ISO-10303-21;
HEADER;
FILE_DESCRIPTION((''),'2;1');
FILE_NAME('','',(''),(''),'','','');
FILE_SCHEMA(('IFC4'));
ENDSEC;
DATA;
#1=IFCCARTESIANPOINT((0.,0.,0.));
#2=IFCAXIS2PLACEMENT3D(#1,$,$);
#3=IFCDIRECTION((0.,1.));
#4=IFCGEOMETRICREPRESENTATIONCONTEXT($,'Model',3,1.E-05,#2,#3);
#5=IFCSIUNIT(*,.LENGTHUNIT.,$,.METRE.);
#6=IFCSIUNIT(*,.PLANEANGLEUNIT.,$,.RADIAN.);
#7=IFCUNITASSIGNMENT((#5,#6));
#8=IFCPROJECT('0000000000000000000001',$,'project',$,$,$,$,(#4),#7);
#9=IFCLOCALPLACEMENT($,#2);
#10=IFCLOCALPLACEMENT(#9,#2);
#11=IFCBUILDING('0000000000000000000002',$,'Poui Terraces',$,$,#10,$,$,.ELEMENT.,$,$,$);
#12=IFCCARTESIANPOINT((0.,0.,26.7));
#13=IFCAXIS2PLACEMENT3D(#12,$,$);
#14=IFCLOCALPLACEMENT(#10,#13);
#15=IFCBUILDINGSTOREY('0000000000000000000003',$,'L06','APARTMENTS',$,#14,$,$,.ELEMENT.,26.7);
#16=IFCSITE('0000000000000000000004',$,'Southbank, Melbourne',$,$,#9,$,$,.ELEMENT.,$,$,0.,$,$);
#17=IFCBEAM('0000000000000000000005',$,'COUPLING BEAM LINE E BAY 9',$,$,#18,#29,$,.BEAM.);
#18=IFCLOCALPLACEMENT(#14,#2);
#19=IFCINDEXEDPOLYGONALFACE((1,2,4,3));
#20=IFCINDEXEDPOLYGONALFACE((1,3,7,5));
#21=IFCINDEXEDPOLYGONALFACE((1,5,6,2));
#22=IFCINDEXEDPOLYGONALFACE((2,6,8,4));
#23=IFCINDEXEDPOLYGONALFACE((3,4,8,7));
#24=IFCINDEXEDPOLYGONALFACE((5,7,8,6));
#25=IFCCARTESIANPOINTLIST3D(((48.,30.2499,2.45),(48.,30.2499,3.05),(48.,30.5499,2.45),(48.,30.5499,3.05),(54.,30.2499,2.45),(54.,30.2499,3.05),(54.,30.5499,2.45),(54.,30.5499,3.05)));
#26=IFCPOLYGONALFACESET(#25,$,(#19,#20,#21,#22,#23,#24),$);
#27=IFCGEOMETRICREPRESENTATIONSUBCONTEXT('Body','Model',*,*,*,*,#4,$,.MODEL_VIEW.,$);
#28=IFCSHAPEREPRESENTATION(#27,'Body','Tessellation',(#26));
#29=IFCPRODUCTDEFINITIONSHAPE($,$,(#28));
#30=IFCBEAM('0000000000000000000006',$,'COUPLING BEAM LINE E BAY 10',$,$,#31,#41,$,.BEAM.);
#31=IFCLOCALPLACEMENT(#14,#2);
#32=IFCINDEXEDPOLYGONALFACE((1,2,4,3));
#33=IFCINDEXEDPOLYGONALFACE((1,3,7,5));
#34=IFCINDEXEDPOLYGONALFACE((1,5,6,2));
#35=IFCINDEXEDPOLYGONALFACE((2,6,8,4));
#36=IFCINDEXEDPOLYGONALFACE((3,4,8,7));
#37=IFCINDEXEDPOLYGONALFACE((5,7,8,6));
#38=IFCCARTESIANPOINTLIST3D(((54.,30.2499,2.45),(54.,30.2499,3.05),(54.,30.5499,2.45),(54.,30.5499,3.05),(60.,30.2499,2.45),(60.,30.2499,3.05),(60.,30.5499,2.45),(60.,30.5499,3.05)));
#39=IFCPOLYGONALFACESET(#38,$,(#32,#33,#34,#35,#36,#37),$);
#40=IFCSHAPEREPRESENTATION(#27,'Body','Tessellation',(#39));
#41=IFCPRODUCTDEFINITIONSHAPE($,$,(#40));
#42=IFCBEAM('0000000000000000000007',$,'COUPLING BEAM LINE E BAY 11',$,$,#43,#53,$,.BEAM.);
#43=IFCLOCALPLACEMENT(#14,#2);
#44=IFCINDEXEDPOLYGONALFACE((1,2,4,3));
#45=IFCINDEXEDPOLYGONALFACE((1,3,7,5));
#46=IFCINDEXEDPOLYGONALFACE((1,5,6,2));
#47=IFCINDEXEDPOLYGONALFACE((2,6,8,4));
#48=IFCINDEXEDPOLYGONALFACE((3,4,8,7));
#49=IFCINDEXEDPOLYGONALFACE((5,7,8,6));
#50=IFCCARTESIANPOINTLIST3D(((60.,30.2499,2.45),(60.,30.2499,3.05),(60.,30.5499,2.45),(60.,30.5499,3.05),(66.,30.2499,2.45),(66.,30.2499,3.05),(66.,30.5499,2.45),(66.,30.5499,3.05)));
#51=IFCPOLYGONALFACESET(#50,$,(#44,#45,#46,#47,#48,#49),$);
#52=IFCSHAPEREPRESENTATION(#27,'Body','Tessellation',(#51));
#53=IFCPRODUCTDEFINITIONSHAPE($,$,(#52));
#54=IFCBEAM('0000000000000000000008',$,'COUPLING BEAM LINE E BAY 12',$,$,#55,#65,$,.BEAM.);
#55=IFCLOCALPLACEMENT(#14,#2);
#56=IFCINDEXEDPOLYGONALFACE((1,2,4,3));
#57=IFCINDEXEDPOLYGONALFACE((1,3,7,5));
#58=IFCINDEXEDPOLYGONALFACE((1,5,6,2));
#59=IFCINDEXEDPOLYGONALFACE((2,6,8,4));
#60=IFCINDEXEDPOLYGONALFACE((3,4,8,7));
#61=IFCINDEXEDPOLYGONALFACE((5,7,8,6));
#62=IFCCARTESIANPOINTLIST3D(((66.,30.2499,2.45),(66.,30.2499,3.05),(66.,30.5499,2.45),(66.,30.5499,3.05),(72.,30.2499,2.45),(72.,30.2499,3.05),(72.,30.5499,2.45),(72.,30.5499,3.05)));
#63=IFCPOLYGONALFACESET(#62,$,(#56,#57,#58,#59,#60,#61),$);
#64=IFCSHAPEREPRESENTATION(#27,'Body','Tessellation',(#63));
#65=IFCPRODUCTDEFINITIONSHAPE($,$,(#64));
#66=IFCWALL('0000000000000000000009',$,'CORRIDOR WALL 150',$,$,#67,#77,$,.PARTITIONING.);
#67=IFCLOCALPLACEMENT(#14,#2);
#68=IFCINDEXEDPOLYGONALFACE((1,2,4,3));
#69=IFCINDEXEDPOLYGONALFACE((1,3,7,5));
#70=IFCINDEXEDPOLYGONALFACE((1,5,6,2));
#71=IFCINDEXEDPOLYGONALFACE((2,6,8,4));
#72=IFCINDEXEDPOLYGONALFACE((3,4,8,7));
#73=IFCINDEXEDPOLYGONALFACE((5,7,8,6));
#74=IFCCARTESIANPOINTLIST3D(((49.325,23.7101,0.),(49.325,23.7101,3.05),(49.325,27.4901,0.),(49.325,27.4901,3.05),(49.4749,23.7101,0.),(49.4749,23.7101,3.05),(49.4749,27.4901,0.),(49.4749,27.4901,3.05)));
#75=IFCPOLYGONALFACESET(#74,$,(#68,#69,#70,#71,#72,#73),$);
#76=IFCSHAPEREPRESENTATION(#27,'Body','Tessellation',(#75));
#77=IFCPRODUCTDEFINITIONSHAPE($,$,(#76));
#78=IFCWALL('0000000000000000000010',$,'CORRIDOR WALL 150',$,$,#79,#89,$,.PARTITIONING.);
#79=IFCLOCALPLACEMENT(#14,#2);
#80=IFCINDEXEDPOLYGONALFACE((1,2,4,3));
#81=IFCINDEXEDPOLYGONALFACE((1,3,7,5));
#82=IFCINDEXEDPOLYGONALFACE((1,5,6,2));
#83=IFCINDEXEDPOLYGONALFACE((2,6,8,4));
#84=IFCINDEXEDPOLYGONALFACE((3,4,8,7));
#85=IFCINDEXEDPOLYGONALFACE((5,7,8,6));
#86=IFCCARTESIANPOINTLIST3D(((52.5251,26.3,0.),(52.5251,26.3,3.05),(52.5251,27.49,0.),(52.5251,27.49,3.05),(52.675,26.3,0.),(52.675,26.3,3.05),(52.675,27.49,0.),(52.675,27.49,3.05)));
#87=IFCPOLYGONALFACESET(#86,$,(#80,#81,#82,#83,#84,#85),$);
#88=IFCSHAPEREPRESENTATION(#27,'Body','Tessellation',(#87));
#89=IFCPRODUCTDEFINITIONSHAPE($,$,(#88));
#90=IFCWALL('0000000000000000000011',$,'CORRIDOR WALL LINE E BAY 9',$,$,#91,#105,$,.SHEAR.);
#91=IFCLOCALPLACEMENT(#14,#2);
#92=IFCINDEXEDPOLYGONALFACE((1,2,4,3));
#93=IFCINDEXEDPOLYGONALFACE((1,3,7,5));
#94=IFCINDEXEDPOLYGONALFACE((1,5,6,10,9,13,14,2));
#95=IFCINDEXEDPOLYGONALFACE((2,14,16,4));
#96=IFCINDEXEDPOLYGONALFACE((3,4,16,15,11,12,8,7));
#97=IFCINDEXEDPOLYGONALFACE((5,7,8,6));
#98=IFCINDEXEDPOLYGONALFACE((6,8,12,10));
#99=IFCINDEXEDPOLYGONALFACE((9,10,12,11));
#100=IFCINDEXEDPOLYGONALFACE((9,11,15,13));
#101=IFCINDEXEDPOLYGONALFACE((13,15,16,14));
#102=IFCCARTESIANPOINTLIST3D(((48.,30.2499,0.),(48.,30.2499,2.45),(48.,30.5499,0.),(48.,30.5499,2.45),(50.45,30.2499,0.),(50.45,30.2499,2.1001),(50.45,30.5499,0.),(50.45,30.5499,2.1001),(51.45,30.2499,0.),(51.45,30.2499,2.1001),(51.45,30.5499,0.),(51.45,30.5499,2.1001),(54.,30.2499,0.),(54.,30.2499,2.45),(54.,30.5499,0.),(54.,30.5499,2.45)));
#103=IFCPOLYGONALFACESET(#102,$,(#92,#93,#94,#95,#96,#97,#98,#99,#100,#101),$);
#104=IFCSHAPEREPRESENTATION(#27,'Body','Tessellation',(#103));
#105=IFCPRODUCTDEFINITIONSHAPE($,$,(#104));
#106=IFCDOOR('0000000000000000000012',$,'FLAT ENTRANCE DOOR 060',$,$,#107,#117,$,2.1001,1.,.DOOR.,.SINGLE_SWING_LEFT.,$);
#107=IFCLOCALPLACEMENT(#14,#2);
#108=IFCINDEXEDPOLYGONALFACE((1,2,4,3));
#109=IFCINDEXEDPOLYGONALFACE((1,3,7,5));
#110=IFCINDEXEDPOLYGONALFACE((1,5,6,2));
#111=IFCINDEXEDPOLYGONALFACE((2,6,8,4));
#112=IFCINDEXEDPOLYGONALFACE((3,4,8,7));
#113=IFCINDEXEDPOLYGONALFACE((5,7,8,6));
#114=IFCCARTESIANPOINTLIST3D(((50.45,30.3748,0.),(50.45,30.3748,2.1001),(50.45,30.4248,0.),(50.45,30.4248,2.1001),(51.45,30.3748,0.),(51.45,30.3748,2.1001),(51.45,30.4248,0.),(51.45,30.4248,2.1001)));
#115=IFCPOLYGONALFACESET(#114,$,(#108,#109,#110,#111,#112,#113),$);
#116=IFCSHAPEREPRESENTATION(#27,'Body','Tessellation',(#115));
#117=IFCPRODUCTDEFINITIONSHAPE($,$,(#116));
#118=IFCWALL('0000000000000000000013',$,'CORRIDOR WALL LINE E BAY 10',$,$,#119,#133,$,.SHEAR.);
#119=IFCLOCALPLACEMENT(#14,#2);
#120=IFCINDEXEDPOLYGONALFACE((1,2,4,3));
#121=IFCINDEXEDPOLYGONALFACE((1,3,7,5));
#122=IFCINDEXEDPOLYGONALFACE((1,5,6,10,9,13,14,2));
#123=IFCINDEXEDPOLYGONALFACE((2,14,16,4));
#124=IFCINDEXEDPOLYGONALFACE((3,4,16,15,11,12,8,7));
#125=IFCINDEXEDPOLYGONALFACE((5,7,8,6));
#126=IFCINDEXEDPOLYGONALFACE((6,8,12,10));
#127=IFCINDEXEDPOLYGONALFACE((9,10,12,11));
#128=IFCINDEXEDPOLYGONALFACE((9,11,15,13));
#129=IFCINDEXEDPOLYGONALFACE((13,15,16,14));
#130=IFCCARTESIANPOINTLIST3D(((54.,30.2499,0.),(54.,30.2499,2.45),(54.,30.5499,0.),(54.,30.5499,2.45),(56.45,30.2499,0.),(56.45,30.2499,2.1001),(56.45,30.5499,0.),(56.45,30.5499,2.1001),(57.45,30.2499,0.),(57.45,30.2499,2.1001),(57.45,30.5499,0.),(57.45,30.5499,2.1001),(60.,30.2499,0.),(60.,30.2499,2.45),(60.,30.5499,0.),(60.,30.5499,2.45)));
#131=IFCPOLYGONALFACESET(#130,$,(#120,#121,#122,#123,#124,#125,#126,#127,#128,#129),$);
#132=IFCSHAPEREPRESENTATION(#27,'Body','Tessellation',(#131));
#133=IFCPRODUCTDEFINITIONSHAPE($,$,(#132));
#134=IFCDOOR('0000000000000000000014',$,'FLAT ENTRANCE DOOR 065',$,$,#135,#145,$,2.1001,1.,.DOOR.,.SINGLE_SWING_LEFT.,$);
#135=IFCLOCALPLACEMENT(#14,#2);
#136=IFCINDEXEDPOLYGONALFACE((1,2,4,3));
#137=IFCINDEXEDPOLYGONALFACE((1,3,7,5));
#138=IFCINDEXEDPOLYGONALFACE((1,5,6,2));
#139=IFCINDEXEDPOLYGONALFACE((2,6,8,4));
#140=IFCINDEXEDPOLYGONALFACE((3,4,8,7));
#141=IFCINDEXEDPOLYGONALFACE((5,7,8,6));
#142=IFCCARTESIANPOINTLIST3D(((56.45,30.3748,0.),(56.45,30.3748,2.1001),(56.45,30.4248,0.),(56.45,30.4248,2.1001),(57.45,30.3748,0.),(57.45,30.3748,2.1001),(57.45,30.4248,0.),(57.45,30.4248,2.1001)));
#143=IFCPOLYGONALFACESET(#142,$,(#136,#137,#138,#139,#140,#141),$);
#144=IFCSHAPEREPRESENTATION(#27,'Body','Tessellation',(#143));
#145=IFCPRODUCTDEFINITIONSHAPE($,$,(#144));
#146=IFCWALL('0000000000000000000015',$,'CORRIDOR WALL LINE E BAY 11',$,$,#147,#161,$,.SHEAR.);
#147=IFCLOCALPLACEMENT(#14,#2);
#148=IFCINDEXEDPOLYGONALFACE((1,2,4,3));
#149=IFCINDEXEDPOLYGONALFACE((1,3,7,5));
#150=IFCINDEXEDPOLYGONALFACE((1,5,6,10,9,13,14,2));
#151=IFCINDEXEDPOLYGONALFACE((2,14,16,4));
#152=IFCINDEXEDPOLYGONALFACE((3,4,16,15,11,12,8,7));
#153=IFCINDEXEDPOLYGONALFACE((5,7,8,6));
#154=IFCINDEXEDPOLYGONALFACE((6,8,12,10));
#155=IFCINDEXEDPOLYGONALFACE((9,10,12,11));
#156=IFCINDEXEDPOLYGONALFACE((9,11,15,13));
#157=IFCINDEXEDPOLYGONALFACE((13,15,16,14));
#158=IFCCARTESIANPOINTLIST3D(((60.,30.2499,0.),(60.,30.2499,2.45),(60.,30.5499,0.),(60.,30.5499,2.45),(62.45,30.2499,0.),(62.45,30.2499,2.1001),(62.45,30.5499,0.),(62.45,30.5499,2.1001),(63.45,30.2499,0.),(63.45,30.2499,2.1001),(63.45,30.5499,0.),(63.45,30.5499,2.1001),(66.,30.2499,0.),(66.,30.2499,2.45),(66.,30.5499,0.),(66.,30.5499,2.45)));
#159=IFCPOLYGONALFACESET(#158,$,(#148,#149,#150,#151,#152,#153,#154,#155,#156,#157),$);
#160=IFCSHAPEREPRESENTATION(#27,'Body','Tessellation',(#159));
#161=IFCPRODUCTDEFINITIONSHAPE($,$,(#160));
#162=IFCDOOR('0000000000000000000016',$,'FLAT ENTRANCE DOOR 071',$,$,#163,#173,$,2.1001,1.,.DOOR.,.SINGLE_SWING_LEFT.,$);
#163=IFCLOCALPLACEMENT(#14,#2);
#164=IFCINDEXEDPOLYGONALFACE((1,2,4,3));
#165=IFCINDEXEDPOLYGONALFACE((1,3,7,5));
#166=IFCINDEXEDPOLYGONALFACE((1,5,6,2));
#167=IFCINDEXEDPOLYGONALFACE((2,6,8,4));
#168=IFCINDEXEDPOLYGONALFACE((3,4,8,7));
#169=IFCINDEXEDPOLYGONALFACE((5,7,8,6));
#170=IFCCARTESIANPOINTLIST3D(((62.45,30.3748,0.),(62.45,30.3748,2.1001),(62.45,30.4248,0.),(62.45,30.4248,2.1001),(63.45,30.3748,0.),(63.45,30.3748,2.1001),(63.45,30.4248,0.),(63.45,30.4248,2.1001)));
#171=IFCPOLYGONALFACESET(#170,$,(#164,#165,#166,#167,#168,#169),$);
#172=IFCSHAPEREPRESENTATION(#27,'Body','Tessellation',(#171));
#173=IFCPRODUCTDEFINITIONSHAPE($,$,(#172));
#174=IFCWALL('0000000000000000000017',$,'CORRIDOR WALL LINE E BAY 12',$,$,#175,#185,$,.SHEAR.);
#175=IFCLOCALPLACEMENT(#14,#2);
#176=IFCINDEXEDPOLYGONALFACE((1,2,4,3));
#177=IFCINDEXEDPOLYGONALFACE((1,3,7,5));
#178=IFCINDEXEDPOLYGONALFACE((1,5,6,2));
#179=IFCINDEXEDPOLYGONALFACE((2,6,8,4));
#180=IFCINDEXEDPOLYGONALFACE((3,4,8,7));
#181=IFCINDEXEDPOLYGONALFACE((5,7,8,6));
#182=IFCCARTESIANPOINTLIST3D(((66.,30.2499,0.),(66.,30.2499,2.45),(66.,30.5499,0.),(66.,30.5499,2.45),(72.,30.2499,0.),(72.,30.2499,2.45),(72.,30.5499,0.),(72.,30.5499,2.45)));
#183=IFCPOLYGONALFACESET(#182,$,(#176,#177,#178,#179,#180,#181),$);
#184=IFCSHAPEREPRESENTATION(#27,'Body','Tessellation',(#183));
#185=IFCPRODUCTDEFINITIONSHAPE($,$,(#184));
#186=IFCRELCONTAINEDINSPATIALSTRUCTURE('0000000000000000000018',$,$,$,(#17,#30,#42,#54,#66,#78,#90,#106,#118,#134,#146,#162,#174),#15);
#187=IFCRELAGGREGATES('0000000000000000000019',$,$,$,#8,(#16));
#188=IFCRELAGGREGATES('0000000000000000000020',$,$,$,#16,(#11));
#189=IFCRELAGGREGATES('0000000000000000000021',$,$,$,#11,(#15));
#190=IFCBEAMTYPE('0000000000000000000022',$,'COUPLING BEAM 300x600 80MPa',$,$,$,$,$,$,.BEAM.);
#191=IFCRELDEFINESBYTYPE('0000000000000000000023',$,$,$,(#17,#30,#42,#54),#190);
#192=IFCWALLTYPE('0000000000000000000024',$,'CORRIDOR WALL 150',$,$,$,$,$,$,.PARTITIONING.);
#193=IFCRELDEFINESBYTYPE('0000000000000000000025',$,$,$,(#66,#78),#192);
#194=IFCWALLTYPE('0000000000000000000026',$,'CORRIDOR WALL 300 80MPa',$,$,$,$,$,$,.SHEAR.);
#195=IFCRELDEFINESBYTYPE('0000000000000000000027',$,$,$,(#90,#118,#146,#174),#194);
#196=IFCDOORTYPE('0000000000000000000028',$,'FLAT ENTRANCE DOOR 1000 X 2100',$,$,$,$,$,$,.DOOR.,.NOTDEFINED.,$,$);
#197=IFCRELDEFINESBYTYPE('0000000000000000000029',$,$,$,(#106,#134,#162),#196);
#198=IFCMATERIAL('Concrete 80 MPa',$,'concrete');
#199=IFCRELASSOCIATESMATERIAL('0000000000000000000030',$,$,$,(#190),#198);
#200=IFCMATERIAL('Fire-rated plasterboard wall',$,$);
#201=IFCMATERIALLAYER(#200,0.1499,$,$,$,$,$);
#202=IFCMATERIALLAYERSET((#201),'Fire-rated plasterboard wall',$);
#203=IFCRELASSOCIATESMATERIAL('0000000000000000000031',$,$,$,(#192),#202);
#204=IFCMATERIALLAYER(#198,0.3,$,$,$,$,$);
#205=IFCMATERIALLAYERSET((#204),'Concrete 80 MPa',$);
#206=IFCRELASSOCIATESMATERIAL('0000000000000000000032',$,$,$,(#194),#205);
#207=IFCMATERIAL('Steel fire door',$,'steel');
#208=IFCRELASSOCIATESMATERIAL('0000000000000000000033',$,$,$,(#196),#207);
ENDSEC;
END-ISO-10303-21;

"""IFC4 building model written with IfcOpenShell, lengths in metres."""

from ifc_helpers import new_model, si_unit, direction, frame, frame_2d, origin, origin_2d, place, context, subcontext, project, spatial, rectangle, extrude, source, transform, mapped, material, layer, layer_set, material_profile, profile_set, type_object, element, fill, save


model = new_model("IFC4")

# Units and contexts
model_context = context("Model", 3, precision=1e-05, world=origin(), true_north=direction((0.0, 1.0)))
body_context = subcontext(model_context, "Body", "Model", "MODEL_VIEW")
ifc_project = project(units=[si_unit("LENGTHUNIT", "METRE"), si_unit("PLANEANGLEUNIT", "RADIAN")], contexts=[model_context])

# Site, building, storey
site_placement = place(None, origin())
site = spatial("IfcSite", under=ifc_project, at=site_placement, Name="Southbank, Melbourne", CompositionType="ELEMENT", RefElevation=0.0)
building_placement = place(site_placement, origin())
building = spatial("IfcBuilding", under=site, at=building_placement, Name="Poui Terraces", CompositionType="ELEMENT")
storey_placement = place(building_placement, frame((0.0, 0.0, 26.7)))
storey = spatial("IfcBuildingStorey", under=building, at=storey_placement, Name="L06", Description="APARTMENTS", CompositionType="ELEMENT", Elevation=26.7)

# Beams
ifc_material_1 = material(Name="Concrete 80 MPa", Category="concrete")
ifc_material_profile = material_profile(ifc_material_1, rectangle(XDim=0.3, YDim=0.6001, at=origin_2d()), Name="RC 300x600")
ifc_profile_set = profile_set([ifc_material_profile], Name="Concrete 80 MPa")
beam_type = type_object("IfcBeamType", Name="COUPLING BEAM 300x600 80MPa", PredefinedType="BEAM", material=ifc_profile_set)
shared_shape = source(origin(), body_context, "Body", "SweptSolid", [
    extrude(rectangle(XDim=0.3, YDim=0.6001, at=origin_2d()), origin(), (0.0, 0.0, 1.0), 6.0),
])
for number, where, z_axis, x_axis, name in (
    (1, (48.0, 30.3999, 2.75), (1.0, 0.0, 0.0), (0.0, 1.0, 0.0), "COUPLING BEAM LINE E BAY 9"),
    (2, (54.0, 30.3999, 2.75), (1.0, 0.0, 0.0), (0.0, 1.0, 0.0), "COUPLING BEAM LINE E BAY 10"),
    (3, (60.0, 30.3999, 2.75), (1.0, 0.0, 0.0), (0.0, 1.0, 0.0), "COUPLING BEAM LINE E BAY 11"),
    (4, (66.0, 30.3999, 2.75), (1.0, 0.0, 0.0), (0.0, 1.0, 0.0), "COUPLING BEAM LINE E BAY 12"),
):
    element("IfcBeam", number, at=place(storey_placement, frame(where, z_axis=z_axis, x_axis=x_axis)), inside=storey, type_object=beam_type, Name=name, PredefinedType="BEAM", context=body_context, shape_type="MappedRepresentation", body=[
        mapped(shared_shape, transform((0.0, 0.0, 0.0))),
    ])

# Walls
ifc_material_2 = material(Name="Fire-rated plasterboard wall")
ifc_layer_1 = layer(ifc_material_2, 0.1499)
ifc_layer_set_1 = layer_set([ifc_layer_1], Name="Fire-rated plasterboard wall")
wall_type_1 = type_object("IfcWallType", Name="CORRIDOR WALL 150", PredefinedType="PARTITIONING", material=ifc_layer_set_1)
wall_1_placement = place(storey_placement, frame((49.3999, 23.71, 0.0), z_axis=(0.0, 0.0, 1.0), x_axis=(0.0, 1.0, 0.0)))
element("IfcWall", 5, at=wall_1_placement, inside=storey, type_object=wall_type_1, Name="CORRIDOR WALL 150", PredefinedType="PARTITIONING", context=body_context, shape_type="SweptSolid", body=[
    extrude(rectangle(XDim=3.78, YDim=0.1499, at=frame_2d((1.8901, 0.0))), origin(), (0.0, 0.0, 1.0), 3.05),
])
wall_2_placement = place(storey_placement, frame((52.6001, 26.3, 0.0), z_axis=(0.0, 0.0, 1.0), x_axis=(0.0, 1.0, 0.0)))
element("IfcWall", 6, at=wall_2_placement, inside=storey, type_object=wall_type_1, Name="CORRIDOR WALL 150", PredefinedType="PARTITIONING", context=body_context, shape_type="SweptSolid", body=[
    extrude(rectangle(XDim=1.1899, YDim=0.1499, at=frame_2d((0.595, 0.0))), origin(), (0.0, 0.0, 1.0), 3.05),
])

# Walls, openings, doors
ifc_layer_2 = layer(ifc_material_1, 0.3)
ifc_layer_set_2 = layer_set([ifc_layer_2], Name="Concrete 80 MPa")
wall_type_2 = type_object("IfcWallType", Name="CORRIDOR WALL 300 80MPa", PredefinedType="SHEAR", material=ifc_layer_set_2)
wall_3_placement = place(storey_placement, frame((48.0, 30.3999, 0.0), z_axis=(0.0, 0.0, 1.0), x_axis=(1.0, 0.0, 0.0)))
wall_3 = element("IfcWall", 7, at=wall_3_placement, inside=storey, type_object=wall_type_2, Name="CORRIDOR WALL LINE E BAY 9", PredefinedType="SHEAR", context=body_context, shape_type="SweptSolid", body=[
    extrude(rectangle(XDim=6.0, YDim=0.3, at=frame_2d((3.0, 0.0))), origin(), (0.0, 0.0, 1.0), 2.45),
])
opening_1_placement = place(wall_3_placement, frame((2.45, 0.0, 0.0)))
opening_1 = element("IfcOpeningElement", 8, at=opening_1_placement, cuts=wall_3, PredefinedType="OPENING", context=body_context, shape_type="SweptSolid", body=[
    extrude(rectangle(XDim=1.0, YDim=2.1001, at=frame_2d((0.5, 1.05))), frame((0.0, 0.1602, 0.0), z_axis=(0.0, -1.0, 0.0), x_axis=(1.0, 0.0, 0.0)), (0.0, 0.0, 1.0), 0.3201),
])
ifc_material_3 = material(Name="Steel fire door", Category="steel")
door_type_1 = type_object("IfcDoorType", Name="FLAT ENTRANCE DOOR 1000 X 2100", OperationType="NOTDEFINED", PredefinedType="DOOR", material=ifc_material_3)
door_1_placement = place(opening_1_placement, origin())
door_1 = element("IfcDoor", 9, at=door_1_placement, inside=storey, type_object=door_type_1, Name="FLAT ENTRANCE DOOR 060", OperationType="SINGLE_SWING_LEFT", OverallHeight=2.1001, OverallWidth=1.0, PredefinedType="DOOR", context=body_context, shape_type="SweptSolid", body=[
    extrude(rectangle(XDim=1.0, YDim=2.1001, at=frame_2d((0.5, 1.05))), frame((0.0, 0.0249, 0.0), z_axis=(0.0, -1.0, 0.0), x_axis=(1.0, 0.0, 0.0)), (0.0, 0.0, 1.0), 0.05),
])
fill(opening_1, door_1)
wall_4_placement = place(storey_placement, frame((54.0, 30.3999, 0.0), z_axis=(0.0, 0.0, 1.0), x_axis=(1.0, 0.0, 0.0)))
wall_4 = element("IfcWall", 10, at=wall_4_placement, inside=storey, type_object=wall_type_2, Name="CORRIDOR WALL LINE E BAY 10", PredefinedType="SHEAR", context=body_context, shape_type="SweptSolid", body=[
    extrude(rectangle(XDim=6.0, YDim=0.3, at=frame_2d((3.0, 0.0))), origin(), (0.0, 0.0, 1.0), 2.45),
])
opening_2_placement = place(wall_4_placement, frame((2.45, 0.0, 0.0)))
opening_2 = element("IfcOpeningElement", 11, at=opening_2_placement, cuts=wall_4, PredefinedType="OPENING", context=body_context, shape_type="SweptSolid", body=[
    extrude(rectangle(XDim=1.0, YDim=2.1001, at=frame_2d((0.5, 1.05))), frame((0.0, 0.1602, 0.0), z_axis=(0.0, -1.0, 0.0), x_axis=(1.0, 0.0, 0.0)), (0.0, 0.0, 1.0), 0.3201),
])
door_2_placement = place(opening_2_placement, origin())
door_2 = element("IfcDoor", 12, at=door_2_placement, inside=storey, type_object=door_type_1, Name="FLAT ENTRANCE DOOR 065", OperationType="SINGLE_SWING_LEFT", OverallHeight=2.1001, OverallWidth=1.0, PredefinedType="DOOR", context=body_context, shape_type="SweptSolid", body=[
    extrude(rectangle(XDim=1.0, YDim=2.1001, at=frame_2d((0.5, 1.05))), frame((0.0, 0.0249, 0.0), z_axis=(0.0, -1.0, 0.0), x_axis=(1.0, 0.0, 0.0)), (0.0, 0.0, 1.0), 0.05),
])
fill(opening_2, door_2)
wall_5_placement = place(storey_placement, frame((60.0, 30.3999, 0.0), z_axis=(0.0, 0.0, 1.0), x_axis=(1.0, 0.0, 0.0)))
wall_5 = element("IfcWall", 13, at=wall_5_placement, inside=storey, type_object=wall_type_2, Name="CORRIDOR WALL LINE E BAY 11", PredefinedType="SHEAR", context=body_context, shape_type="SweptSolid", body=[
    extrude(rectangle(XDim=6.0, YDim=0.3, at=frame_2d((3.0, 0.0))), origin(), (0.0, 0.0, 1.0), 2.45),
])
opening_3_placement = place(wall_5_placement, frame((2.45, 0.0, 0.0)))
opening_3 = element("IfcOpeningElement", 14, at=opening_3_placement, cuts=wall_5, PredefinedType="OPENING", context=body_context, shape_type="SweptSolid", body=[
    extrude(rectangle(XDim=1.0, YDim=2.1001, at=frame_2d((0.5, 1.05))), frame((0.0, 0.1602, 0.0), z_axis=(0.0, -1.0, 0.0), x_axis=(1.0, 0.0, 0.0)), (0.0, 0.0, 1.0), 0.3201),
])
door_3_placement = place(opening_3_placement, origin())
door_3 = element("IfcDoor", 15, at=door_3_placement, inside=storey, type_object=door_type_1, Name="FLAT ENTRANCE DOOR 071", OperationType="SINGLE_SWING_LEFT", OverallHeight=2.1001, OverallWidth=1.0, PredefinedType="DOOR", context=body_context, shape_type="SweptSolid", body=[
    extrude(rectangle(XDim=1.0, YDim=2.1001, at=frame_2d((0.5, 1.05))), frame((0.0, 0.0249, 0.0), z_axis=(0.0, -1.0, 0.0), x_axis=(1.0, 0.0, 0.0)), (0.0, 0.0, 1.0), 0.05),
])
fill(opening_3, door_3)

# Wall
wall_6_placement = place(storey_placement, frame((66.0, 30.3999, 0.0), z_axis=(0.0, 0.0, 1.0), x_axis=(1.0, 0.0, 0.0)))
element("IfcWall", 16, at=wall_6_placement, inside=storey, type_object=wall_type_2, Name="CORRIDOR WALL LINE E BAY 12", PredefinedType="SHEAR", context=body_context, shape_type="SweptSolid", body=[
    extrude(rectangle(XDim=6.0, YDim=0.3, at=frame_2d((3.0, 0.0))), origin(), (0.0, 0.0, 1.0), 2.45),
])

save(model, "model.ifc")
